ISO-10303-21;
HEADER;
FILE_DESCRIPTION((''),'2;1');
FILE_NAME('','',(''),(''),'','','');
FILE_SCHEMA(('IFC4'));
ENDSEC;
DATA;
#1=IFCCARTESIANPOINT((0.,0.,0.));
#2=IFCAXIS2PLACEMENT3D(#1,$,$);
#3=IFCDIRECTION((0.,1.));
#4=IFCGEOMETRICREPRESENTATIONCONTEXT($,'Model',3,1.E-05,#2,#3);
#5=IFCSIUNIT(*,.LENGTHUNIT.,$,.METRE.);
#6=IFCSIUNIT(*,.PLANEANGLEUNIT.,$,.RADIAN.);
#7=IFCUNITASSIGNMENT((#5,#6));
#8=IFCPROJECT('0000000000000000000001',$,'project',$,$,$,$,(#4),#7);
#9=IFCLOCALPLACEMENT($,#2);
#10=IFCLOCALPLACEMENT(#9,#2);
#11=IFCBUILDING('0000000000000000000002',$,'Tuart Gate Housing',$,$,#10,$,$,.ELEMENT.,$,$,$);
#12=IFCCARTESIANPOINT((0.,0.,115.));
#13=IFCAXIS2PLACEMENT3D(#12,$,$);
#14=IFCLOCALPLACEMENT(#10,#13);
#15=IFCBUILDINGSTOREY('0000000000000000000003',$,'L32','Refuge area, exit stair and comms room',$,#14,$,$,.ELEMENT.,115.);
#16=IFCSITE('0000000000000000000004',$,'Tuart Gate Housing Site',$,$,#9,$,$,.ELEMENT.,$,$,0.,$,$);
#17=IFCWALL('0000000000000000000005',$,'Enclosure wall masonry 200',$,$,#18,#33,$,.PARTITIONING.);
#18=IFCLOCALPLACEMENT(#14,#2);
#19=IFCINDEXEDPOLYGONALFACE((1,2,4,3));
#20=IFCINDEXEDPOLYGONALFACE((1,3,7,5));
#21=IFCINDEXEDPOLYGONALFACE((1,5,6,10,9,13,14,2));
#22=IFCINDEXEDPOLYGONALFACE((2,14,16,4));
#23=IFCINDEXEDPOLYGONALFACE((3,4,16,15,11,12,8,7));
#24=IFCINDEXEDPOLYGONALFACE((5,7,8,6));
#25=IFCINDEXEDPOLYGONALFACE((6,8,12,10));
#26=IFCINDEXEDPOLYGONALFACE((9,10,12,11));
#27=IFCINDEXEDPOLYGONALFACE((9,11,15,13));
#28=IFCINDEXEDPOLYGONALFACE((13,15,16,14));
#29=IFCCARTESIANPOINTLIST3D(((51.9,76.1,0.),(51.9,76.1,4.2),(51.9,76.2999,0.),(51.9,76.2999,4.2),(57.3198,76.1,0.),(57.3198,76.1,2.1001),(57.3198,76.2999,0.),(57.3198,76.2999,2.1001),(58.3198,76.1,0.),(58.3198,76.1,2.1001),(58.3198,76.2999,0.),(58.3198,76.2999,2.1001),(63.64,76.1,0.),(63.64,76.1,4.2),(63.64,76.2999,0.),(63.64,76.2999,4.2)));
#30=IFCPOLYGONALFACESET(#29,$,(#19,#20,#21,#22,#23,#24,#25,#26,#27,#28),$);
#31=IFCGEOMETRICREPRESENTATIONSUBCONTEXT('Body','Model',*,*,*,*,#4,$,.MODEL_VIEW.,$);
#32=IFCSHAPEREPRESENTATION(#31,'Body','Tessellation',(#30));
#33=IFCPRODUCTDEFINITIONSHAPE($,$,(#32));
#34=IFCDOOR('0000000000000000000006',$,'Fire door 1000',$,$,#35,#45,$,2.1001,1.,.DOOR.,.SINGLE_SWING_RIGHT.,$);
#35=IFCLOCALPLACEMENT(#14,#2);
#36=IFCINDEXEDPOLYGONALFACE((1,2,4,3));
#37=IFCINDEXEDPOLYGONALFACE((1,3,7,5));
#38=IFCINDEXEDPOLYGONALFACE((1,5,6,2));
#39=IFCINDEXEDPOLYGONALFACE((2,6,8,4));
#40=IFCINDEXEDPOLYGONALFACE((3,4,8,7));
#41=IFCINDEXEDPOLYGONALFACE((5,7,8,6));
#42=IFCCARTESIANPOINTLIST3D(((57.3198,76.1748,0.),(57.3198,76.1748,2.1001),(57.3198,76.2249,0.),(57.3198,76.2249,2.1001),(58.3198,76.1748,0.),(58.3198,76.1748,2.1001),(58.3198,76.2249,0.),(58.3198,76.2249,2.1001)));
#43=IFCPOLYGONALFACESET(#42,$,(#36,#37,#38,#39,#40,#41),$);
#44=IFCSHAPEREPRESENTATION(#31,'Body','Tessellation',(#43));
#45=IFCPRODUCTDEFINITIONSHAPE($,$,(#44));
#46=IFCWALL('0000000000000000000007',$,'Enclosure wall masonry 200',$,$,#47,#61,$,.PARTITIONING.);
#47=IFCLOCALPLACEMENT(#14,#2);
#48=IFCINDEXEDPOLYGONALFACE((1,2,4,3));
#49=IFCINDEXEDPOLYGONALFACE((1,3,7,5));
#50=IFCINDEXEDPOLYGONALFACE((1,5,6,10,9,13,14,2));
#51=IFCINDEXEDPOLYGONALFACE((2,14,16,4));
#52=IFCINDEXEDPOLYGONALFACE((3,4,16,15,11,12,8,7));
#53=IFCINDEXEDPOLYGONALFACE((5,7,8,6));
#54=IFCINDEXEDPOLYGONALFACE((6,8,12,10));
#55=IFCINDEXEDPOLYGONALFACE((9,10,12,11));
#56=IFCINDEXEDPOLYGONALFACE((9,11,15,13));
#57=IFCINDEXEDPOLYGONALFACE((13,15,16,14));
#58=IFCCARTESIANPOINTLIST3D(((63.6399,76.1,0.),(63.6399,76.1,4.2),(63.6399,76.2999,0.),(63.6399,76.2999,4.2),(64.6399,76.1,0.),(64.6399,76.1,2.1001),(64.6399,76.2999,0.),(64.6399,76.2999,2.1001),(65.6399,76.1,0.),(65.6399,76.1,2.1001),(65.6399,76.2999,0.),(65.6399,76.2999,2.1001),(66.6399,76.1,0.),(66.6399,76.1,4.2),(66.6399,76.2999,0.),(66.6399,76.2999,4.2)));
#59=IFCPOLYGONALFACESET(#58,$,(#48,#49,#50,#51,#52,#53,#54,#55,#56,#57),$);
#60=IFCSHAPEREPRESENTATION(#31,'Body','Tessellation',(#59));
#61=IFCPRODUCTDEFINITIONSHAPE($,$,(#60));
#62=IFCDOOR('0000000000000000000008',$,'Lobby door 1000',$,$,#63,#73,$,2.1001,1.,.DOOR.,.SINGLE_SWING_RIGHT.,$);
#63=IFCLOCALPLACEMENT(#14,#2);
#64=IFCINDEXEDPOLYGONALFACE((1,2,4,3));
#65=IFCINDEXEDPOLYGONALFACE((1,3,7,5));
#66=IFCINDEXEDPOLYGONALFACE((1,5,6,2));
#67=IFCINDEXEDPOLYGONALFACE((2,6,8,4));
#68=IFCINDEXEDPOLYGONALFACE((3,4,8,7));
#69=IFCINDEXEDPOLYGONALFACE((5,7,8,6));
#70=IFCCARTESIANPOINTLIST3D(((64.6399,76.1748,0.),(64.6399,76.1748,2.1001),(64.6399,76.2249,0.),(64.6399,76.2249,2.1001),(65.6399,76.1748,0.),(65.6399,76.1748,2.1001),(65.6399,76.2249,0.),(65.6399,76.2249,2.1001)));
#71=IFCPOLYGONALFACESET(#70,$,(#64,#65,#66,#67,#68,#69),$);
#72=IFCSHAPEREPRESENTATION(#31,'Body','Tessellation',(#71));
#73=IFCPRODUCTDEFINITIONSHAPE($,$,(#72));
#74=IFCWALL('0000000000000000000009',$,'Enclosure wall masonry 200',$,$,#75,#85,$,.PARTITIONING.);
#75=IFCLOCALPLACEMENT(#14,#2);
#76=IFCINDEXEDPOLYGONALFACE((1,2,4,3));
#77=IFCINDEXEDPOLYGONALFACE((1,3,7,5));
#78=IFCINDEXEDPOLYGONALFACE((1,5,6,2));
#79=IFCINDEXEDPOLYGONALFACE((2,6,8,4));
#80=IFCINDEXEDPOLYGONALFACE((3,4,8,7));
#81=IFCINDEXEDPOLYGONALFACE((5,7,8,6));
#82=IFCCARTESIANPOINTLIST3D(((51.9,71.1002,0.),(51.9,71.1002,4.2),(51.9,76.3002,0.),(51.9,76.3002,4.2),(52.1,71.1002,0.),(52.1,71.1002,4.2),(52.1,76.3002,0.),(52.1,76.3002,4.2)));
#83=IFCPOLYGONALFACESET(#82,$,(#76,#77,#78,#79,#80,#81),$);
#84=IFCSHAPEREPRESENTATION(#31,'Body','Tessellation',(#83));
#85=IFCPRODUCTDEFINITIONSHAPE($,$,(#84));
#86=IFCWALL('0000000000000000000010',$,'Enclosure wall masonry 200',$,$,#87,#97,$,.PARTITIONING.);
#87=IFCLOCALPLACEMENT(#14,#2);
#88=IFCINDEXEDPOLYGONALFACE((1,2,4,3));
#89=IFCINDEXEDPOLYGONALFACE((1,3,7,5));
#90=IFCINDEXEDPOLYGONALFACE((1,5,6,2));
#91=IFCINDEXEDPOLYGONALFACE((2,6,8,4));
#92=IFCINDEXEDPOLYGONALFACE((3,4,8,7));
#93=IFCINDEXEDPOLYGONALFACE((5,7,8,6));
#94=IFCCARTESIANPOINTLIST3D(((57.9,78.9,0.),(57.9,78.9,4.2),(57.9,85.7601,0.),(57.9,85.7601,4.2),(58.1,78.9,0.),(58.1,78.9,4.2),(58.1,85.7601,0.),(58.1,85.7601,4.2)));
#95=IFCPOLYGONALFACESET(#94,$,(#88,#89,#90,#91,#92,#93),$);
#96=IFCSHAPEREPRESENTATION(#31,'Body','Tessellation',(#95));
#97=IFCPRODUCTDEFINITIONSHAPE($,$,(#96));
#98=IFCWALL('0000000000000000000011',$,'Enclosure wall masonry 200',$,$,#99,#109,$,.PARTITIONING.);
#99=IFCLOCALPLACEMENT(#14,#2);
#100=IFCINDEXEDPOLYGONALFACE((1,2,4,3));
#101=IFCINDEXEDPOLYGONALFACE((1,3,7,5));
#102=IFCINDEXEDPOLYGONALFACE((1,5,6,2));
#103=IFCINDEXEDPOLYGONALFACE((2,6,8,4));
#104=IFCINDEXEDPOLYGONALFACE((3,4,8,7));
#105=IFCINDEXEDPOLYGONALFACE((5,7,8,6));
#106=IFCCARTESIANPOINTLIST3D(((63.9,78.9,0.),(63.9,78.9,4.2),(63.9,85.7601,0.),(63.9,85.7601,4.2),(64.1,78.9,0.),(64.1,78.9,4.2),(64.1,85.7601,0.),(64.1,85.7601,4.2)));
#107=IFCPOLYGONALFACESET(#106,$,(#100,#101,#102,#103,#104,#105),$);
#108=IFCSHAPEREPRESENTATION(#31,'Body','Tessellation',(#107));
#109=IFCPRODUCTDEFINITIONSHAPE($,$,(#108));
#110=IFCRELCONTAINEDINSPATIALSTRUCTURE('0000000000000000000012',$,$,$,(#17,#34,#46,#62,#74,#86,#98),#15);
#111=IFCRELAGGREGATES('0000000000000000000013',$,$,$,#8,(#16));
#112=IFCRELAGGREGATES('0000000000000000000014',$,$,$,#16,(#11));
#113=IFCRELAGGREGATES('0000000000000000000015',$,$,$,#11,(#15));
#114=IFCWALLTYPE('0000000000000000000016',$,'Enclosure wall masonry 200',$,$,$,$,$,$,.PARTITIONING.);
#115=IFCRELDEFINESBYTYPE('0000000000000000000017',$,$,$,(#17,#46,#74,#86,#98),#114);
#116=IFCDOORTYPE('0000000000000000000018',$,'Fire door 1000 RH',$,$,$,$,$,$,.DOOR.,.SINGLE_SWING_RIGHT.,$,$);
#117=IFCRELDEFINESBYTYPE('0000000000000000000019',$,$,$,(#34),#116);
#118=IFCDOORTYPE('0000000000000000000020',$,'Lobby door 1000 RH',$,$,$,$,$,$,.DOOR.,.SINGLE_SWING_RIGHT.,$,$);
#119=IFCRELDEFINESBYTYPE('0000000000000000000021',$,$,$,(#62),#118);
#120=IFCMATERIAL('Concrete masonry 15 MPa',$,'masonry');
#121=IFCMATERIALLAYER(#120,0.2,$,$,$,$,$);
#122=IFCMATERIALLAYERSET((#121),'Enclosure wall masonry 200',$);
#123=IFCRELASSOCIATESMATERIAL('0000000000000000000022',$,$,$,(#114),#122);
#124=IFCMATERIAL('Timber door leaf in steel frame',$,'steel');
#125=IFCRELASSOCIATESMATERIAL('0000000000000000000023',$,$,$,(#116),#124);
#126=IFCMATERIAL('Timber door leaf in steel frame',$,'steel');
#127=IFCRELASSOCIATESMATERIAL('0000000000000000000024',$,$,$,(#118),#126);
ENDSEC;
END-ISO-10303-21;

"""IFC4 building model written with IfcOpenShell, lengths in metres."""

from ifc_helpers import new_model, si_unit, direction, frame, frame_2d, origin, place, context, subcontext, project, spatial, rectangle, extrude, material, layer, layer_set, type_object, element, fill, save


model = new_model("IFC4")

# Units and contexts
model_context = context("Model", 3, precision=1e-05, world=origin(), true_north=direction((0.0, 1.0)))
body_context = subcontext(model_context, "Body", "Model", "MODEL_VIEW")
ifc_project = project(units=[si_unit("LENGTHUNIT", "METRE"), si_unit("PLANEANGLEUNIT", "RADIAN")], contexts=[model_context])

# Site, building, storey
site_placement = place(None, origin())
site = spatial("IfcSite", under=ifc_project, at=site_placement, Name="Tuart Gate Housing Site", CompositionType="ELEMENT", RefElevation=0.0)
building_placement = place(site_placement, origin())
building = spatial("IfcBuilding", under=site, at=building_placement, Name="Tuart Gate Housing", CompositionType="ELEMENT")
storey_placement = place(building_placement, frame((0.0, 0.0, 115.0)))
storey = spatial("IfcBuildingStorey", under=building, at=storey_placement, Name="L32", Description="Refuge area, exit stair and comms room", CompositionType="ELEMENT", Elevation=115.0)

# Walls, openings, doors
ifc_material_1 = material(Name="Concrete masonry 15 MPa", Category="masonry")
ifc_layer_1 = layer(ifc_material_1, 0.2)
ifc_layer_set_1 = layer_set([ifc_layer_1], Name="Enclosure wall masonry 200")
wall_type_1 = type_object("IfcWallType", Name="Enclosure wall masonry 200", PredefinedType="PARTITIONING", material=ifc_layer_set_1)
wall_1_placement = place(storey_placement, frame((51.8999, 76.2, 0.0), z_axis=(0.0, 0.0, 1.0), x_axis=(1.0, 0.0, 0.0)))
wall_1 = element("IfcWall", 1, at=wall_1_placement, inside=storey, type_object=wall_type_1, Name="Enclosure wall masonry 200", PredefinedType="PARTITIONING", context=body_context, shape_type="SweptSolid", body=[
    extrude(rectangle(XDim=11.74, YDim=0.2, at=frame_2d((5.8701, 0.0))), origin(), (0.0, 0.0, 1.0), 4.2),
])
opening_1_placement = place(wall_1_placement, frame((5.4199, 0.0, 0.0)))
opening_1 = element("IfcOpeningElement", 2, at=opening_1_placement, cuts=wall_1, PredefinedType="OPENING", context=body_context, shape_type="SweptSolid", body=[
    extrude(rectangle(XDim=1.0, YDim=2.1001, at=frame_2d((0.5, 1.05))), frame((0.0, 0.1099, 0.0), z_axis=(0.0, -1.0, 0.0), x_axis=(1.0, 0.0, 0.0)), (0.0, 0.0, 1.0), 0.22),
])
ifc_material_2 = material(Name="Timber door leaf in steel frame", Category="steel")
door_type_1 = type_object("IfcDoorType", Name="Fire door 1000 RH", OperationType="SINGLE_SWING_RIGHT", PredefinedType="DOOR", material=ifc_material_2)
door_1_placement = place(opening_1_placement, frame((1.0, 0.0, 0.0), z_axis=(0.0, 0.0, 1.0), x_axis=(-1.0, 0.0, 0.0)))
door_1 = element("IfcDoor", 3, at=door_1_placement, inside=storey, type_object=door_type_1, Name="Fire door 1000", OperationType="SINGLE_SWING_RIGHT", OverallHeight=2.1001, OverallWidth=1.0, PredefinedType="DOOR", context=body_context, shape_type="SweptSolid", body=[
    extrude(rectangle(XDim=1.0, YDim=2.1001, at=frame_2d((0.5, 1.05))), frame((0.0, 0.0251, 0.0), z_axis=(0.0, -1.0, 0.0), x_axis=(1.0, 0.0, 0.0)), (0.0, 0.0, 1.0), 0.05),
])
fill(opening_1, door_1)
wall_2_placement = place(storey_placement, frame((63.6399, 76.2, 0.0), z_axis=(0.0, 0.0, 1.0), x_axis=(1.0, 0.0, 0.0)))
wall_2 = element("IfcWall", 4, at=wall_2_placement, inside=storey, type_object=wall_type_1, Name="Enclosure wall masonry 200", PredefinedType="PARTITIONING", context=body_context, shape_type="SweptSolid", body=[
    extrude(rectangle(XDim=3.0, YDim=0.2, at=frame_2d((1.5, 0.0))), origin(), (0.0, 0.0, 1.0), 4.2),
])
opening_2_placement = place(wall_2_placement, frame((1.0, 0.0, 0.0)))
opening_2 = element("IfcOpeningElement", 5, at=opening_2_placement, cuts=wall_2, PredefinedType="OPENING", context=body_context, shape_type="SweptSolid", body=[
    extrude(rectangle(XDim=1.0, YDim=2.1001, at=frame_2d((0.5, 1.05))), frame((0.0, 0.1099, 0.0), z_axis=(0.0, -1.0, 0.0), x_axis=(1.0, 0.0, 0.0)), (0.0, 0.0, 1.0), 0.22),
])
ifc_material_3 = material(Name="Timber door leaf in steel frame", Category="steel")
door_type_2 = type_object("IfcDoorType", Name="Lobby door 1000 RH", OperationType="SINGLE_SWING_RIGHT", PredefinedType="DOOR", material=ifc_material_3)
door_2_placement = place(opening_2_placement, frame((1.0, 0.0, 0.0), z_axis=(0.0, 0.0, 1.0), x_axis=(-1.0, 0.0, 0.0)))
door_2 = element("IfcDoor", 6, at=door_2_placement, inside=storey, type_object=door_type_2, Name="Lobby door 1000", OperationType="SINGLE_SWING_RIGHT", OverallHeight=2.1001, OverallWidth=1.0, PredefinedType="DOOR", context=body_context, shape_type="SweptSolid", body=[
    extrude(rectangle(XDim=1.0, YDim=2.1001, at=frame_2d((0.5, 1.05))), frame((0.0, 0.0251, 0.0), z_axis=(0.0, -1.0, 0.0), x_axis=(1.0, 0.0, 0.0)), (0.0, 0.0, 1.0), 0.05),
])
fill(opening_2, door_2)

# Walls
wall_3_placement = place(storey_placement, frame((52.0, 71.1001, 0.0), z_axis=(0.0, 0.0, 1.0), x_axis=(0.0, 1.0, 0.0)))
element("IfcWall", 7, at=wall_3_placement, inside=storey, type_object=wall_type_1, Name="Enclosure wall masonry 200", PredefinedType="PARTITIONING", context=body_context, shape_type="SweptSolid", body=[
    extrude(rectangle(XDim=5.2, YDim=0.2, at=frame_2d((2.6001, 0.0))), origin(), (0.0, 0.0, 1.0), 4.2),
])
for number, where, z_axis, x_axis, name in (
    (8, (58.0, 78.8999, 0.0), (0.0, 0.0, 1.0), (0.0, 1.0, 0.0), "Enclosure wall masonry 200"),
    (9, (64.0, 78.8999, 0.0), (0.0, 0.0, 1.0), (0.0, 1.0, 0.0), "Enclosure wall masonry 200"),
):
    element("IfcWall", number, at=place(storey_placement, frame(where, z_axis=z_axis, x_axis=x_axis)), inside=storey, type_object=wall_type_1, Name=name, PredefinedType="PARTITIONING", context=body_context, shape_type="SweptSolid", body=[
        extrude(rectangle(XDim=6.8601, YDim=0.2, at=frame_2d((3.4302, 0.0))), origin(), (0.0, 0.0, 1.0), 4.2),
    ])

save(model, "model.ifc")
